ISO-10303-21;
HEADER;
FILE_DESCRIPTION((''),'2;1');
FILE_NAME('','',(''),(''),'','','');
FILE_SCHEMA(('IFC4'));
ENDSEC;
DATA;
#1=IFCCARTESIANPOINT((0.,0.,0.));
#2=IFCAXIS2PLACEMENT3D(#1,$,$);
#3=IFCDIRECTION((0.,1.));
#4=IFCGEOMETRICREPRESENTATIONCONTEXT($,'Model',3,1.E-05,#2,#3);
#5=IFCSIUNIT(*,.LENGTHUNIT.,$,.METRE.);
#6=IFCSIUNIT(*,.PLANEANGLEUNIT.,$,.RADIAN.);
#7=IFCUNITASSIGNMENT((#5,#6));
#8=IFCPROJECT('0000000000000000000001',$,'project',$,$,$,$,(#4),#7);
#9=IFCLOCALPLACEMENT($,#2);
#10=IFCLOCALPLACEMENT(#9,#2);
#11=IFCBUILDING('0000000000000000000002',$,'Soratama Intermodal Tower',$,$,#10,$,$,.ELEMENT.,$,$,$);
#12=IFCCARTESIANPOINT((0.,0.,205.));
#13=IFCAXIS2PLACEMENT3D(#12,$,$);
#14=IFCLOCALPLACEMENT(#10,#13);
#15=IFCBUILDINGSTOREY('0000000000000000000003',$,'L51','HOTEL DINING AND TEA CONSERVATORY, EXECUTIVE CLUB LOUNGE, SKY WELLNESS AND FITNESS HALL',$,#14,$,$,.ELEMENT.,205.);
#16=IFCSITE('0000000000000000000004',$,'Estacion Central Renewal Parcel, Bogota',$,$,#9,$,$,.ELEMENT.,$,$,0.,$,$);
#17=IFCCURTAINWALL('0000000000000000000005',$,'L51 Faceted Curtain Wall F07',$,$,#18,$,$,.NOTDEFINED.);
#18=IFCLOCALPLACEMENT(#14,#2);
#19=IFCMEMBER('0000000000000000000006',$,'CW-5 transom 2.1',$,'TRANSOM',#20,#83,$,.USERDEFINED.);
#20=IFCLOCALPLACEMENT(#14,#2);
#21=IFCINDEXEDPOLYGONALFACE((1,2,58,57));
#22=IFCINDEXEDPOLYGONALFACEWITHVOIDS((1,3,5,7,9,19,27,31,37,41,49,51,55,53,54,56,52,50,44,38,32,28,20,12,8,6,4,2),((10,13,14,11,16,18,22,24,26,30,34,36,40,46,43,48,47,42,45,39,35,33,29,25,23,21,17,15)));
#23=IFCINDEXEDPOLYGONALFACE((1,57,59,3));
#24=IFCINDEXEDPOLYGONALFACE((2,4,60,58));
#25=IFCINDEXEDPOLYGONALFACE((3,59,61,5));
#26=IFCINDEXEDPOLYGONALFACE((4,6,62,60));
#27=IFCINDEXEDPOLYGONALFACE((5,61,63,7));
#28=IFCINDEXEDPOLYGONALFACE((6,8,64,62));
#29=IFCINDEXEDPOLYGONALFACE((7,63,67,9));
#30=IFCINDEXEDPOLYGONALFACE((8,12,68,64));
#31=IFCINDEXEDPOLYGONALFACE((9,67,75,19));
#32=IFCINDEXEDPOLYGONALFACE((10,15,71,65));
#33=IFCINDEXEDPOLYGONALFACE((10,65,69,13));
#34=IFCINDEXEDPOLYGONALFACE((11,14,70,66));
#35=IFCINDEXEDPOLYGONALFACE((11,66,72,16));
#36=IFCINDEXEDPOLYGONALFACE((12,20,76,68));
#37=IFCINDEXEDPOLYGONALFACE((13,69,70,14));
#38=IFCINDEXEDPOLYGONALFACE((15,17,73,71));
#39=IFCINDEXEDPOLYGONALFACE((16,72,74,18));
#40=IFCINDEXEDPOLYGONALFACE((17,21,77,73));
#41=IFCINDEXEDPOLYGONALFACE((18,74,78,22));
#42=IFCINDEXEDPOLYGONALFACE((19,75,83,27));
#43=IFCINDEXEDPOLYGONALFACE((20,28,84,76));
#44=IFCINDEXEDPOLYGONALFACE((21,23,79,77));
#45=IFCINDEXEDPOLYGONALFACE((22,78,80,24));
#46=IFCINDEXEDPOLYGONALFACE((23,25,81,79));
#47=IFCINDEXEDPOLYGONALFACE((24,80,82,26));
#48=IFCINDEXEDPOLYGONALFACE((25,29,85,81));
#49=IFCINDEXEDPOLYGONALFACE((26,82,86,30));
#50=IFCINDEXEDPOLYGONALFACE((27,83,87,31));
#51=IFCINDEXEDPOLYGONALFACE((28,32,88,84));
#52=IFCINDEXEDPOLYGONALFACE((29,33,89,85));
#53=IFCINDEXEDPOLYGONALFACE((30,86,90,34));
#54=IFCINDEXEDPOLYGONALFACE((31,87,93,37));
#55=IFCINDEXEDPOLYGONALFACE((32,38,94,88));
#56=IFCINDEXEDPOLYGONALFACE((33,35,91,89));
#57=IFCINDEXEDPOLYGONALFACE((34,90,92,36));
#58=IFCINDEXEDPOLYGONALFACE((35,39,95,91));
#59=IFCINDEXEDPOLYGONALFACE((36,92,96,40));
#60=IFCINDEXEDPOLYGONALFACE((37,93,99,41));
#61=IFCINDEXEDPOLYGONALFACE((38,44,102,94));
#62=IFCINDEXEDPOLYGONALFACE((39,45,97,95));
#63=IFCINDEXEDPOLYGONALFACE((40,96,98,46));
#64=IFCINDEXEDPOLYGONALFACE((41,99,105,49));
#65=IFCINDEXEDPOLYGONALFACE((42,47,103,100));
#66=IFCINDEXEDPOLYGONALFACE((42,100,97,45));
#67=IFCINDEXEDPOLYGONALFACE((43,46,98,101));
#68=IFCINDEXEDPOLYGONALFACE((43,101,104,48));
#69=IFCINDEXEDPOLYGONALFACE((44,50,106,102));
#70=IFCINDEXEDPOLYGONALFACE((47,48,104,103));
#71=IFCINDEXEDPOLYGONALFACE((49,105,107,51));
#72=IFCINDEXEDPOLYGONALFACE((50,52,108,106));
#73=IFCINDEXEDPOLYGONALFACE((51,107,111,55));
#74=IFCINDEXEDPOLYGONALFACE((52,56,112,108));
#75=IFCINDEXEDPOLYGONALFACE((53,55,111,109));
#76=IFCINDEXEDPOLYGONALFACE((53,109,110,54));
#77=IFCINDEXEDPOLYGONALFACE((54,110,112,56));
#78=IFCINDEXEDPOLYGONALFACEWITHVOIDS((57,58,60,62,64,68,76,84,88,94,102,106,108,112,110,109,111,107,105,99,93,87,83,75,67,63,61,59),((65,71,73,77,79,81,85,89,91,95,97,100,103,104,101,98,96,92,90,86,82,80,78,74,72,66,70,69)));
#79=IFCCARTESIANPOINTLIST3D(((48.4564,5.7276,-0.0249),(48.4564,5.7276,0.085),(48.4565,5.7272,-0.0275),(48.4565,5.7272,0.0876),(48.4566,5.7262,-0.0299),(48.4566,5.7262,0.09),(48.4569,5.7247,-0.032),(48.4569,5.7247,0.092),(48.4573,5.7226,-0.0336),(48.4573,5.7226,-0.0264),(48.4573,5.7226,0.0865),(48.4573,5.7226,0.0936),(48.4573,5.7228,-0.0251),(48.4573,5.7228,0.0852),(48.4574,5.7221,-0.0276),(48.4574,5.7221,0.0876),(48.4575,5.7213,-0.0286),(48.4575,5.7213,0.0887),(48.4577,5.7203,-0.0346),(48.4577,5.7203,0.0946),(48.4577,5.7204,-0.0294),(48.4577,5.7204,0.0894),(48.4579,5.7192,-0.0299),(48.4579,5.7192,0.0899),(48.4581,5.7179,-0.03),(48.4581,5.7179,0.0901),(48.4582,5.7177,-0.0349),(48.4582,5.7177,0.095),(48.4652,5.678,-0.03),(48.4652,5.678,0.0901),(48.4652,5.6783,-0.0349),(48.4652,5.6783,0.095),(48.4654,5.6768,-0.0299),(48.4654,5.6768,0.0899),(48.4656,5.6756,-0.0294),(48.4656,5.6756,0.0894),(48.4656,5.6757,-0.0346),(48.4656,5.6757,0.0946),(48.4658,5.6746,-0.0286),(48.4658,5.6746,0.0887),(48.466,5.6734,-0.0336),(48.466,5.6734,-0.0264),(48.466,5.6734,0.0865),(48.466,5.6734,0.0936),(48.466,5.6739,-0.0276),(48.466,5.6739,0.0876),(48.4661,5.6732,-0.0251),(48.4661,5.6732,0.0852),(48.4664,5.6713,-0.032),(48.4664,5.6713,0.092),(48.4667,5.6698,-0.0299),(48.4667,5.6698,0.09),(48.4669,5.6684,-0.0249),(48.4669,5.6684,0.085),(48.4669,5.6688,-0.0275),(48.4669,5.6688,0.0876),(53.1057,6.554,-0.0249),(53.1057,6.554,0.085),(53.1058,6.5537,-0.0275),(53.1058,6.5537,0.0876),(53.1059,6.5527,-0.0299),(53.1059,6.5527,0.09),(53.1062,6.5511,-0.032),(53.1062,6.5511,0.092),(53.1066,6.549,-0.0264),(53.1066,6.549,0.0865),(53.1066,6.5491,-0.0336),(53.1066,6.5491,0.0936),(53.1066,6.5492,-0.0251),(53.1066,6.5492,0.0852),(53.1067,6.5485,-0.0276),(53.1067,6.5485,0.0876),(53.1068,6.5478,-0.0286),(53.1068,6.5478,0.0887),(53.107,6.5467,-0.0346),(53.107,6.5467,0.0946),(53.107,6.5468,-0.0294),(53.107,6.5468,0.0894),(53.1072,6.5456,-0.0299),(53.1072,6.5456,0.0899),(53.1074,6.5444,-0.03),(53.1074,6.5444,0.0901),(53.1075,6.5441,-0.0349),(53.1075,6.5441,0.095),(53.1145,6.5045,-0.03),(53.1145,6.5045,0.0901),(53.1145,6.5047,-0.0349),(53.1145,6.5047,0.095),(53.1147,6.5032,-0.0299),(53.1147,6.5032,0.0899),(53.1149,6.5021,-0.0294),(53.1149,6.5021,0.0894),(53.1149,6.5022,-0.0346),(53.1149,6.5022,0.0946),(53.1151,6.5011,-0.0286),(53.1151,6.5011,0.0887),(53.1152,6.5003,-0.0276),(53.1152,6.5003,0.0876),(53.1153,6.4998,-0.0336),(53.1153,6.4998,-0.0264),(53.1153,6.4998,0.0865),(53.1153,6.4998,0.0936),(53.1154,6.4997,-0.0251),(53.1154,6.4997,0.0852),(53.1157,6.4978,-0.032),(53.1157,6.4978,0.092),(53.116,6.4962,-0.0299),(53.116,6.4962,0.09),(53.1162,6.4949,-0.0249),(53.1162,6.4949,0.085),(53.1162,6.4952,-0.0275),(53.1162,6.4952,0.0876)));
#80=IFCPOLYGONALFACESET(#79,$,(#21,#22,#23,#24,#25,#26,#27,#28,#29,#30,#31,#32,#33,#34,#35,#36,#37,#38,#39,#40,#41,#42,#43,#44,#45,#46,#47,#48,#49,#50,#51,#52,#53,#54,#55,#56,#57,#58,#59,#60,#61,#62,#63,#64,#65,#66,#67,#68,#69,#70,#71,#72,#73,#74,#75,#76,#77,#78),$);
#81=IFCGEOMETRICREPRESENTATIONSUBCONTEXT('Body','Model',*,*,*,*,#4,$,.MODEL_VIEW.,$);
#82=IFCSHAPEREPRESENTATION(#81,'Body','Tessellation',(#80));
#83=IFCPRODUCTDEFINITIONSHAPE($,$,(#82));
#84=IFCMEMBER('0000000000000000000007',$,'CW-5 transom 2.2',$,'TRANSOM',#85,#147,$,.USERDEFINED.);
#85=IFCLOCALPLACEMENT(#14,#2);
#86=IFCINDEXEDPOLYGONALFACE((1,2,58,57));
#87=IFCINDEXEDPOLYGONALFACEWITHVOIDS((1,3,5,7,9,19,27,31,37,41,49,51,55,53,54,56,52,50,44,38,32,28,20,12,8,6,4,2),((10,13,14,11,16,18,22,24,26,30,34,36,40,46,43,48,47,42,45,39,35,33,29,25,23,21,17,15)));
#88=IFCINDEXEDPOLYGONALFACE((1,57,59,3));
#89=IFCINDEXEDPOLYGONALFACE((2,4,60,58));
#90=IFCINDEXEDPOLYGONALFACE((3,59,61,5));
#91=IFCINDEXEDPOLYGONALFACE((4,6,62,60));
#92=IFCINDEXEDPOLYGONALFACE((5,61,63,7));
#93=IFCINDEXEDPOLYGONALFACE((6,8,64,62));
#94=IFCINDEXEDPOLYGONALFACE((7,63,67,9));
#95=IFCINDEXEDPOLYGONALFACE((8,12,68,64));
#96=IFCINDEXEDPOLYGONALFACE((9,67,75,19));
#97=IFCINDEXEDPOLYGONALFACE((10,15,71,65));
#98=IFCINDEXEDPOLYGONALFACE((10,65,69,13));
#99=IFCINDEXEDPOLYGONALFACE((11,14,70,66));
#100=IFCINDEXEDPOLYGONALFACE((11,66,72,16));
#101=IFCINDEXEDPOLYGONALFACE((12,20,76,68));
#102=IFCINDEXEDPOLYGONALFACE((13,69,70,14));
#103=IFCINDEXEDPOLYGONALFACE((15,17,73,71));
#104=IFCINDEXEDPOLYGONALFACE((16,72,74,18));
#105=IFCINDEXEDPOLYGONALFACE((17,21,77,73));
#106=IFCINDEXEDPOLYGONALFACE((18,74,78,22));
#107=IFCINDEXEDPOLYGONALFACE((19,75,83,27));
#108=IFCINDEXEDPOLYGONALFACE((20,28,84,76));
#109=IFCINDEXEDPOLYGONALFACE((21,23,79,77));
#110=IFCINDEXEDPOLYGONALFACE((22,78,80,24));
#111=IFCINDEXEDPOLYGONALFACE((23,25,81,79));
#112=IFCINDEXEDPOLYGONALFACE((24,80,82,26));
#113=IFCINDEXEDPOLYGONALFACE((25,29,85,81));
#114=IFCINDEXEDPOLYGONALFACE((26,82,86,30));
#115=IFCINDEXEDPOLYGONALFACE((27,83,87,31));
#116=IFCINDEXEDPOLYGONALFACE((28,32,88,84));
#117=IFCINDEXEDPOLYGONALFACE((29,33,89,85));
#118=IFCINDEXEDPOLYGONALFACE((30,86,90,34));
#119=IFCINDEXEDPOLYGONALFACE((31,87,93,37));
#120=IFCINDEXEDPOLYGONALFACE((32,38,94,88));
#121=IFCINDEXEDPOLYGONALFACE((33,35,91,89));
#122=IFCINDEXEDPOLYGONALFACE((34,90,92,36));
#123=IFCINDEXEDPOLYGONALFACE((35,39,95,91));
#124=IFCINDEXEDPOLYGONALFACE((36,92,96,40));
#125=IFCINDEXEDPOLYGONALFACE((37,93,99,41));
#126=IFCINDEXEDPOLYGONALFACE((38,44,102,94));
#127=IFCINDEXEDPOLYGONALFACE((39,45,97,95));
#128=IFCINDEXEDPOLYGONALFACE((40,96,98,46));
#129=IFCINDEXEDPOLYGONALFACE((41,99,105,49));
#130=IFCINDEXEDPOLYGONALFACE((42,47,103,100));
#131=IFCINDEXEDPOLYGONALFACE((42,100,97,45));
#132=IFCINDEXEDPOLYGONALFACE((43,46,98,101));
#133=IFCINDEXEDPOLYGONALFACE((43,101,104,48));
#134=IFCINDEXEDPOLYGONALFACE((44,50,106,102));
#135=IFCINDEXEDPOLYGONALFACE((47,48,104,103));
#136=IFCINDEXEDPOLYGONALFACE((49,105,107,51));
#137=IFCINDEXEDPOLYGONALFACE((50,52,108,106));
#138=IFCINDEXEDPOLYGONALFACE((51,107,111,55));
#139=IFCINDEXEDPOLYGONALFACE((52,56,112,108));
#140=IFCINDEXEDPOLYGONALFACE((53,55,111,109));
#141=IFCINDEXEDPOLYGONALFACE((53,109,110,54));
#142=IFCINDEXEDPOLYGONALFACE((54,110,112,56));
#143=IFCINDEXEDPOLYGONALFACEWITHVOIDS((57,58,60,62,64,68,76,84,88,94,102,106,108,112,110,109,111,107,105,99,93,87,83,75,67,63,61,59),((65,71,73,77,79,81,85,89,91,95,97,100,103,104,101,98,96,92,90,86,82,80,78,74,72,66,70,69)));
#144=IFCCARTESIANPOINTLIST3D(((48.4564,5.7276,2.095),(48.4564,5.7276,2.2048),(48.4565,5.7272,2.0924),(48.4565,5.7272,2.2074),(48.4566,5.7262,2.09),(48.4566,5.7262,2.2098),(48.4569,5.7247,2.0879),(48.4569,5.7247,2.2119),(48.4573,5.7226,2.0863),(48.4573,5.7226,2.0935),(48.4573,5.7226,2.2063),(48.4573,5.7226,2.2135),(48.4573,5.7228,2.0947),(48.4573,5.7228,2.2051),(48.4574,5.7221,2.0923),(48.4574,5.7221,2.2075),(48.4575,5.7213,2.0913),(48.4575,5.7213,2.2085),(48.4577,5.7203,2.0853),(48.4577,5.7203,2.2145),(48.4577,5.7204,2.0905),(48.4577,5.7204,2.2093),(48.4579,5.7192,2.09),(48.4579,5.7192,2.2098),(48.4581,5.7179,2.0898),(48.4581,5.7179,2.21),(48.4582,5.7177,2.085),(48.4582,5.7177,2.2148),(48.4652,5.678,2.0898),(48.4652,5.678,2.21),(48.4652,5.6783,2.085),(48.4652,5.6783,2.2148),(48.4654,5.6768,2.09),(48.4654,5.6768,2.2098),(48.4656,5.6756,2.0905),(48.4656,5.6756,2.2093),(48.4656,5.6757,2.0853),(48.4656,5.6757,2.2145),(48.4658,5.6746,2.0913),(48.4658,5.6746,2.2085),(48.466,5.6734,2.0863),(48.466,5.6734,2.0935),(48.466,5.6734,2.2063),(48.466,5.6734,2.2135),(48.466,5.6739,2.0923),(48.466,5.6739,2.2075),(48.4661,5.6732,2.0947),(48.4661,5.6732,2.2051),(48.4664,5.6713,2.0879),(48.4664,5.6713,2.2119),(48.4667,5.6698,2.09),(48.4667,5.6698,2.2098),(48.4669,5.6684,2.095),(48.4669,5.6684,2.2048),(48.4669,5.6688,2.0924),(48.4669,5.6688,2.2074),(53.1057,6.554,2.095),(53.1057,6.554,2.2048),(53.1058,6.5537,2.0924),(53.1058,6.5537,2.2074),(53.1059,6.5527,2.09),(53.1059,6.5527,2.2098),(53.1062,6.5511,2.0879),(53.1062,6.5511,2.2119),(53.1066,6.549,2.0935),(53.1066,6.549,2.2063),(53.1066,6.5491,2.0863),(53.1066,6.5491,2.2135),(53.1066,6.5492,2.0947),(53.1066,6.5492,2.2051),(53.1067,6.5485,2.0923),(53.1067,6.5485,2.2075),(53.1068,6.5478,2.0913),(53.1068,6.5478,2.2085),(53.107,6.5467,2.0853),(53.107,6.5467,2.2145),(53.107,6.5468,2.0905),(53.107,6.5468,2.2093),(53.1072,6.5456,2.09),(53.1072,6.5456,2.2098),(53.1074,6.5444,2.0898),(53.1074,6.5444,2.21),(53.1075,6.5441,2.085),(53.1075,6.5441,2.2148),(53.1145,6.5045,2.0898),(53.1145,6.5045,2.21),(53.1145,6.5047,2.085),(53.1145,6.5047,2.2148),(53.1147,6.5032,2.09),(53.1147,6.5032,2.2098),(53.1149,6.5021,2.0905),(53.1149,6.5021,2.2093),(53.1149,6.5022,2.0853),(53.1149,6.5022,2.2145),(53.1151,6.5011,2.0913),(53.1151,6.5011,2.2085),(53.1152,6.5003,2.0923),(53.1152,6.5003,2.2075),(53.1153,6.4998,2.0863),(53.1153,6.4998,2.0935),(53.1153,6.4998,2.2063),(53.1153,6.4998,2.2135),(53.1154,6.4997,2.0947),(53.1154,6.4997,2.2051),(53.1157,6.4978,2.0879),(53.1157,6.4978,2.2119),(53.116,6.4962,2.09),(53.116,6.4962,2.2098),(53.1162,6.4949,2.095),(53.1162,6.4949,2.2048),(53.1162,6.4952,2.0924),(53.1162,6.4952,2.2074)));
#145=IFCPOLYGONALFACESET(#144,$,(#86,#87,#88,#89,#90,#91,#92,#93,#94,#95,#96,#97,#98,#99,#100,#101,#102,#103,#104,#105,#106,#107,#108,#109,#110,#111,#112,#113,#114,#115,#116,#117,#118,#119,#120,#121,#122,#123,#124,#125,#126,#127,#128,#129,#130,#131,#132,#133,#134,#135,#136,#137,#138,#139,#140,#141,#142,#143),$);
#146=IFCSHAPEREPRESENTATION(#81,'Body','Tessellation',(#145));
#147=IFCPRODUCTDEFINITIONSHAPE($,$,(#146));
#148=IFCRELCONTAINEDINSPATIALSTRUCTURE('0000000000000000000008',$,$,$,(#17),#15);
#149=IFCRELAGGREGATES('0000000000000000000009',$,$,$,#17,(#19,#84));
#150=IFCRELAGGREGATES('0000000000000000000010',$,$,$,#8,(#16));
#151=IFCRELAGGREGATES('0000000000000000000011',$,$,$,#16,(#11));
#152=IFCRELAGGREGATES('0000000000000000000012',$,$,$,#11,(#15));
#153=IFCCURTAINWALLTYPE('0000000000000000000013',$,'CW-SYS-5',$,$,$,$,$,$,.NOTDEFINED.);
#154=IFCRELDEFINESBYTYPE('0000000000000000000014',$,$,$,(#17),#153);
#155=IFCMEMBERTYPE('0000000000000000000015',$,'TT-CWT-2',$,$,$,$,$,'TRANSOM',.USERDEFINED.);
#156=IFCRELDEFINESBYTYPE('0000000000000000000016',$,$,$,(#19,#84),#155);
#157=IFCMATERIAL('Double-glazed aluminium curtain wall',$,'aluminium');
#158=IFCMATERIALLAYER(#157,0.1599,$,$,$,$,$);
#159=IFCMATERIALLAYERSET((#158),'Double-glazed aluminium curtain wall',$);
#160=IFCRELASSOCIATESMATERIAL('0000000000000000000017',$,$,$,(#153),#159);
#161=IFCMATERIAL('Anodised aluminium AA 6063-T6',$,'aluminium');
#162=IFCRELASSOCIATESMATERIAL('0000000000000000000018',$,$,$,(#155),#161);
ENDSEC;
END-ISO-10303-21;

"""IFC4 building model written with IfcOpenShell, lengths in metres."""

from ifc_helpers import new_model, si_unit, direction, frame, origin, origin_2d, place, context, subcontext, project, spatial, hollow_rectangle, extrude, material, layer, layer_set, material_profile, profile_set, type_object, element, aggregate, save


model = new_model("IFC4")

# Units and contexts
model_context = context("Model", 3, precision=1e-05, world=origin(), true_north=direction((0.0, 1.0)))
body_context = subcontext(model_context, "Body", "Model", "MODEL_VIEW")
ifc_project = project(units=[si_unit("LENGTHUNIT", "METRE"), si_unit("PLANEANGLEUNIT", "RADIAN")], contexts=[model_context])

# Site, building, storey
site_placement = place(None, origin())
site = spatial("IfcSite", under=ifc_project, at=site_placement, Name="Estacion Central Renewal Parcel, Bogota", CompositionType="ELEMENT", RefElevation=0.0)
building_placement = place(site_placement, origin())
building = spatial("IfcBuilding", under=site, at=building_placement, Name="Soratama Intermodal Tower", CompositionType="ELEMENT")
storey_placement = place(building_placement, frame((0.0, 0.0, 205.0)))
storey = spatial("IfcBuildingStorey", under=building, at=storey_placement, Name="L51", Description="HOTEL DINING AND TEA CONSERVATORY, EXECUTIVE CLUB LOUNGE, SKY WELLNESS AND FITNESS HALL", CompositionType="ELEMENT", Elevation=205.0)

# Curtain wall
ifc_material_1 = material(Name="Double-glazed aluminium curtain wall", Category="aluminium")
ifc_layer_1 = layer(ifc_material_1, 0.1599)
ifc_layer_set_1 = layer_set([ifc_layer_1], Name="Double-glazed aluminium curtain wall")
curtain_wall_type = type_object("IfcCurtainWallType", Name="CW-SYS-5", PredefinedType="NOTDEFINED", material=ifc_layer_set_1)
curtain_wall_1_placement = place(storey_placement, origin())
curtain_wall_1 = element("IfcCurtainWall", 1, at=curtain_wall_1_placement, inside=storey, type_object=curtain_wall_type, Name="L51 Faceted Curtain Wall F07", PredefinedType="NOTDEFINED")

# Members
ifc_material_2 = material(Name="Anodised aluminium AA 6063-T6", Category="aluminium")
ifc_material_profile_1 = material_profile(ifc_material_2, hollow_rectangle(XDim=0.0601, YDim=0.1299, WallThickness=0.0049, InnerFilletRadius=0.0049, OuterFilletRadius=0.01, at=origin_2d()), Name="CWT130X60X5")
ifc_profile_set_1 = profile_set([ifc_material_profile_1], Name="Anodised aluminium AA 6063-T6")
member_type_1 = type_object("IfcMemberType", Name="TT-CWT-2", ElementType="TRANSOM", PredefinedType="USERDEFINED", material=ifc_profile_set_1)
member_1_placement = place(storey_placement, frame((48.4617, 5.698, 0.03), z_axis=(0.984566, 0.175012, 0.0), x_axis=(-0.175012, 0.984566, 0.0)))
member_1 = element("IfcMember", 2, at=member_1_placement, type_object=member_type_1, Name="CW-5 transom 2.1", ObjectType="TRANSOM", PredefinedType="USERDEFINED", context=body_context, shape_type="SweptSolid", body=[
    extrude(hollow_rectangle(XDim=0.0601, YDim=0.1299, WallThickness=0.0049, InnerFilletRadius=0.0049, OuterFilletRadius=0.01, at=origin_2d()), origin(), (0.0, 0.0, 1.0), 4.7222),
])
member_2_placement = place(storey_placement, frame((48.4617, 5.698, 2.1499), z_axis=(0.984566, 0.175012, 0.0), x_axis=(-0.175012, 0.984566, 0.0)))
member_2 = element("IfcMember", 3, at=member_2_placement, type_object=member_type_1, Name="CW-5 transom 2.2", ObjectType="TRANSOM", PredefinedType="USERDEFINED", context=body_context, shape_type="SweptSolid", body=[
    extrude(hollow_rectangle(XDim=0.0601, YDim=0.1299, WallThickness=0.0049, InnerFilletRadius=0.0049, OuterFilletRadius=0.01, at=origin_2d()), origin(), (0.0, 0.0, 1.0), 4.7222),
])

aggregate(curtain_wall_1, [member_1, member_2])

save(model, "model.ifc")
